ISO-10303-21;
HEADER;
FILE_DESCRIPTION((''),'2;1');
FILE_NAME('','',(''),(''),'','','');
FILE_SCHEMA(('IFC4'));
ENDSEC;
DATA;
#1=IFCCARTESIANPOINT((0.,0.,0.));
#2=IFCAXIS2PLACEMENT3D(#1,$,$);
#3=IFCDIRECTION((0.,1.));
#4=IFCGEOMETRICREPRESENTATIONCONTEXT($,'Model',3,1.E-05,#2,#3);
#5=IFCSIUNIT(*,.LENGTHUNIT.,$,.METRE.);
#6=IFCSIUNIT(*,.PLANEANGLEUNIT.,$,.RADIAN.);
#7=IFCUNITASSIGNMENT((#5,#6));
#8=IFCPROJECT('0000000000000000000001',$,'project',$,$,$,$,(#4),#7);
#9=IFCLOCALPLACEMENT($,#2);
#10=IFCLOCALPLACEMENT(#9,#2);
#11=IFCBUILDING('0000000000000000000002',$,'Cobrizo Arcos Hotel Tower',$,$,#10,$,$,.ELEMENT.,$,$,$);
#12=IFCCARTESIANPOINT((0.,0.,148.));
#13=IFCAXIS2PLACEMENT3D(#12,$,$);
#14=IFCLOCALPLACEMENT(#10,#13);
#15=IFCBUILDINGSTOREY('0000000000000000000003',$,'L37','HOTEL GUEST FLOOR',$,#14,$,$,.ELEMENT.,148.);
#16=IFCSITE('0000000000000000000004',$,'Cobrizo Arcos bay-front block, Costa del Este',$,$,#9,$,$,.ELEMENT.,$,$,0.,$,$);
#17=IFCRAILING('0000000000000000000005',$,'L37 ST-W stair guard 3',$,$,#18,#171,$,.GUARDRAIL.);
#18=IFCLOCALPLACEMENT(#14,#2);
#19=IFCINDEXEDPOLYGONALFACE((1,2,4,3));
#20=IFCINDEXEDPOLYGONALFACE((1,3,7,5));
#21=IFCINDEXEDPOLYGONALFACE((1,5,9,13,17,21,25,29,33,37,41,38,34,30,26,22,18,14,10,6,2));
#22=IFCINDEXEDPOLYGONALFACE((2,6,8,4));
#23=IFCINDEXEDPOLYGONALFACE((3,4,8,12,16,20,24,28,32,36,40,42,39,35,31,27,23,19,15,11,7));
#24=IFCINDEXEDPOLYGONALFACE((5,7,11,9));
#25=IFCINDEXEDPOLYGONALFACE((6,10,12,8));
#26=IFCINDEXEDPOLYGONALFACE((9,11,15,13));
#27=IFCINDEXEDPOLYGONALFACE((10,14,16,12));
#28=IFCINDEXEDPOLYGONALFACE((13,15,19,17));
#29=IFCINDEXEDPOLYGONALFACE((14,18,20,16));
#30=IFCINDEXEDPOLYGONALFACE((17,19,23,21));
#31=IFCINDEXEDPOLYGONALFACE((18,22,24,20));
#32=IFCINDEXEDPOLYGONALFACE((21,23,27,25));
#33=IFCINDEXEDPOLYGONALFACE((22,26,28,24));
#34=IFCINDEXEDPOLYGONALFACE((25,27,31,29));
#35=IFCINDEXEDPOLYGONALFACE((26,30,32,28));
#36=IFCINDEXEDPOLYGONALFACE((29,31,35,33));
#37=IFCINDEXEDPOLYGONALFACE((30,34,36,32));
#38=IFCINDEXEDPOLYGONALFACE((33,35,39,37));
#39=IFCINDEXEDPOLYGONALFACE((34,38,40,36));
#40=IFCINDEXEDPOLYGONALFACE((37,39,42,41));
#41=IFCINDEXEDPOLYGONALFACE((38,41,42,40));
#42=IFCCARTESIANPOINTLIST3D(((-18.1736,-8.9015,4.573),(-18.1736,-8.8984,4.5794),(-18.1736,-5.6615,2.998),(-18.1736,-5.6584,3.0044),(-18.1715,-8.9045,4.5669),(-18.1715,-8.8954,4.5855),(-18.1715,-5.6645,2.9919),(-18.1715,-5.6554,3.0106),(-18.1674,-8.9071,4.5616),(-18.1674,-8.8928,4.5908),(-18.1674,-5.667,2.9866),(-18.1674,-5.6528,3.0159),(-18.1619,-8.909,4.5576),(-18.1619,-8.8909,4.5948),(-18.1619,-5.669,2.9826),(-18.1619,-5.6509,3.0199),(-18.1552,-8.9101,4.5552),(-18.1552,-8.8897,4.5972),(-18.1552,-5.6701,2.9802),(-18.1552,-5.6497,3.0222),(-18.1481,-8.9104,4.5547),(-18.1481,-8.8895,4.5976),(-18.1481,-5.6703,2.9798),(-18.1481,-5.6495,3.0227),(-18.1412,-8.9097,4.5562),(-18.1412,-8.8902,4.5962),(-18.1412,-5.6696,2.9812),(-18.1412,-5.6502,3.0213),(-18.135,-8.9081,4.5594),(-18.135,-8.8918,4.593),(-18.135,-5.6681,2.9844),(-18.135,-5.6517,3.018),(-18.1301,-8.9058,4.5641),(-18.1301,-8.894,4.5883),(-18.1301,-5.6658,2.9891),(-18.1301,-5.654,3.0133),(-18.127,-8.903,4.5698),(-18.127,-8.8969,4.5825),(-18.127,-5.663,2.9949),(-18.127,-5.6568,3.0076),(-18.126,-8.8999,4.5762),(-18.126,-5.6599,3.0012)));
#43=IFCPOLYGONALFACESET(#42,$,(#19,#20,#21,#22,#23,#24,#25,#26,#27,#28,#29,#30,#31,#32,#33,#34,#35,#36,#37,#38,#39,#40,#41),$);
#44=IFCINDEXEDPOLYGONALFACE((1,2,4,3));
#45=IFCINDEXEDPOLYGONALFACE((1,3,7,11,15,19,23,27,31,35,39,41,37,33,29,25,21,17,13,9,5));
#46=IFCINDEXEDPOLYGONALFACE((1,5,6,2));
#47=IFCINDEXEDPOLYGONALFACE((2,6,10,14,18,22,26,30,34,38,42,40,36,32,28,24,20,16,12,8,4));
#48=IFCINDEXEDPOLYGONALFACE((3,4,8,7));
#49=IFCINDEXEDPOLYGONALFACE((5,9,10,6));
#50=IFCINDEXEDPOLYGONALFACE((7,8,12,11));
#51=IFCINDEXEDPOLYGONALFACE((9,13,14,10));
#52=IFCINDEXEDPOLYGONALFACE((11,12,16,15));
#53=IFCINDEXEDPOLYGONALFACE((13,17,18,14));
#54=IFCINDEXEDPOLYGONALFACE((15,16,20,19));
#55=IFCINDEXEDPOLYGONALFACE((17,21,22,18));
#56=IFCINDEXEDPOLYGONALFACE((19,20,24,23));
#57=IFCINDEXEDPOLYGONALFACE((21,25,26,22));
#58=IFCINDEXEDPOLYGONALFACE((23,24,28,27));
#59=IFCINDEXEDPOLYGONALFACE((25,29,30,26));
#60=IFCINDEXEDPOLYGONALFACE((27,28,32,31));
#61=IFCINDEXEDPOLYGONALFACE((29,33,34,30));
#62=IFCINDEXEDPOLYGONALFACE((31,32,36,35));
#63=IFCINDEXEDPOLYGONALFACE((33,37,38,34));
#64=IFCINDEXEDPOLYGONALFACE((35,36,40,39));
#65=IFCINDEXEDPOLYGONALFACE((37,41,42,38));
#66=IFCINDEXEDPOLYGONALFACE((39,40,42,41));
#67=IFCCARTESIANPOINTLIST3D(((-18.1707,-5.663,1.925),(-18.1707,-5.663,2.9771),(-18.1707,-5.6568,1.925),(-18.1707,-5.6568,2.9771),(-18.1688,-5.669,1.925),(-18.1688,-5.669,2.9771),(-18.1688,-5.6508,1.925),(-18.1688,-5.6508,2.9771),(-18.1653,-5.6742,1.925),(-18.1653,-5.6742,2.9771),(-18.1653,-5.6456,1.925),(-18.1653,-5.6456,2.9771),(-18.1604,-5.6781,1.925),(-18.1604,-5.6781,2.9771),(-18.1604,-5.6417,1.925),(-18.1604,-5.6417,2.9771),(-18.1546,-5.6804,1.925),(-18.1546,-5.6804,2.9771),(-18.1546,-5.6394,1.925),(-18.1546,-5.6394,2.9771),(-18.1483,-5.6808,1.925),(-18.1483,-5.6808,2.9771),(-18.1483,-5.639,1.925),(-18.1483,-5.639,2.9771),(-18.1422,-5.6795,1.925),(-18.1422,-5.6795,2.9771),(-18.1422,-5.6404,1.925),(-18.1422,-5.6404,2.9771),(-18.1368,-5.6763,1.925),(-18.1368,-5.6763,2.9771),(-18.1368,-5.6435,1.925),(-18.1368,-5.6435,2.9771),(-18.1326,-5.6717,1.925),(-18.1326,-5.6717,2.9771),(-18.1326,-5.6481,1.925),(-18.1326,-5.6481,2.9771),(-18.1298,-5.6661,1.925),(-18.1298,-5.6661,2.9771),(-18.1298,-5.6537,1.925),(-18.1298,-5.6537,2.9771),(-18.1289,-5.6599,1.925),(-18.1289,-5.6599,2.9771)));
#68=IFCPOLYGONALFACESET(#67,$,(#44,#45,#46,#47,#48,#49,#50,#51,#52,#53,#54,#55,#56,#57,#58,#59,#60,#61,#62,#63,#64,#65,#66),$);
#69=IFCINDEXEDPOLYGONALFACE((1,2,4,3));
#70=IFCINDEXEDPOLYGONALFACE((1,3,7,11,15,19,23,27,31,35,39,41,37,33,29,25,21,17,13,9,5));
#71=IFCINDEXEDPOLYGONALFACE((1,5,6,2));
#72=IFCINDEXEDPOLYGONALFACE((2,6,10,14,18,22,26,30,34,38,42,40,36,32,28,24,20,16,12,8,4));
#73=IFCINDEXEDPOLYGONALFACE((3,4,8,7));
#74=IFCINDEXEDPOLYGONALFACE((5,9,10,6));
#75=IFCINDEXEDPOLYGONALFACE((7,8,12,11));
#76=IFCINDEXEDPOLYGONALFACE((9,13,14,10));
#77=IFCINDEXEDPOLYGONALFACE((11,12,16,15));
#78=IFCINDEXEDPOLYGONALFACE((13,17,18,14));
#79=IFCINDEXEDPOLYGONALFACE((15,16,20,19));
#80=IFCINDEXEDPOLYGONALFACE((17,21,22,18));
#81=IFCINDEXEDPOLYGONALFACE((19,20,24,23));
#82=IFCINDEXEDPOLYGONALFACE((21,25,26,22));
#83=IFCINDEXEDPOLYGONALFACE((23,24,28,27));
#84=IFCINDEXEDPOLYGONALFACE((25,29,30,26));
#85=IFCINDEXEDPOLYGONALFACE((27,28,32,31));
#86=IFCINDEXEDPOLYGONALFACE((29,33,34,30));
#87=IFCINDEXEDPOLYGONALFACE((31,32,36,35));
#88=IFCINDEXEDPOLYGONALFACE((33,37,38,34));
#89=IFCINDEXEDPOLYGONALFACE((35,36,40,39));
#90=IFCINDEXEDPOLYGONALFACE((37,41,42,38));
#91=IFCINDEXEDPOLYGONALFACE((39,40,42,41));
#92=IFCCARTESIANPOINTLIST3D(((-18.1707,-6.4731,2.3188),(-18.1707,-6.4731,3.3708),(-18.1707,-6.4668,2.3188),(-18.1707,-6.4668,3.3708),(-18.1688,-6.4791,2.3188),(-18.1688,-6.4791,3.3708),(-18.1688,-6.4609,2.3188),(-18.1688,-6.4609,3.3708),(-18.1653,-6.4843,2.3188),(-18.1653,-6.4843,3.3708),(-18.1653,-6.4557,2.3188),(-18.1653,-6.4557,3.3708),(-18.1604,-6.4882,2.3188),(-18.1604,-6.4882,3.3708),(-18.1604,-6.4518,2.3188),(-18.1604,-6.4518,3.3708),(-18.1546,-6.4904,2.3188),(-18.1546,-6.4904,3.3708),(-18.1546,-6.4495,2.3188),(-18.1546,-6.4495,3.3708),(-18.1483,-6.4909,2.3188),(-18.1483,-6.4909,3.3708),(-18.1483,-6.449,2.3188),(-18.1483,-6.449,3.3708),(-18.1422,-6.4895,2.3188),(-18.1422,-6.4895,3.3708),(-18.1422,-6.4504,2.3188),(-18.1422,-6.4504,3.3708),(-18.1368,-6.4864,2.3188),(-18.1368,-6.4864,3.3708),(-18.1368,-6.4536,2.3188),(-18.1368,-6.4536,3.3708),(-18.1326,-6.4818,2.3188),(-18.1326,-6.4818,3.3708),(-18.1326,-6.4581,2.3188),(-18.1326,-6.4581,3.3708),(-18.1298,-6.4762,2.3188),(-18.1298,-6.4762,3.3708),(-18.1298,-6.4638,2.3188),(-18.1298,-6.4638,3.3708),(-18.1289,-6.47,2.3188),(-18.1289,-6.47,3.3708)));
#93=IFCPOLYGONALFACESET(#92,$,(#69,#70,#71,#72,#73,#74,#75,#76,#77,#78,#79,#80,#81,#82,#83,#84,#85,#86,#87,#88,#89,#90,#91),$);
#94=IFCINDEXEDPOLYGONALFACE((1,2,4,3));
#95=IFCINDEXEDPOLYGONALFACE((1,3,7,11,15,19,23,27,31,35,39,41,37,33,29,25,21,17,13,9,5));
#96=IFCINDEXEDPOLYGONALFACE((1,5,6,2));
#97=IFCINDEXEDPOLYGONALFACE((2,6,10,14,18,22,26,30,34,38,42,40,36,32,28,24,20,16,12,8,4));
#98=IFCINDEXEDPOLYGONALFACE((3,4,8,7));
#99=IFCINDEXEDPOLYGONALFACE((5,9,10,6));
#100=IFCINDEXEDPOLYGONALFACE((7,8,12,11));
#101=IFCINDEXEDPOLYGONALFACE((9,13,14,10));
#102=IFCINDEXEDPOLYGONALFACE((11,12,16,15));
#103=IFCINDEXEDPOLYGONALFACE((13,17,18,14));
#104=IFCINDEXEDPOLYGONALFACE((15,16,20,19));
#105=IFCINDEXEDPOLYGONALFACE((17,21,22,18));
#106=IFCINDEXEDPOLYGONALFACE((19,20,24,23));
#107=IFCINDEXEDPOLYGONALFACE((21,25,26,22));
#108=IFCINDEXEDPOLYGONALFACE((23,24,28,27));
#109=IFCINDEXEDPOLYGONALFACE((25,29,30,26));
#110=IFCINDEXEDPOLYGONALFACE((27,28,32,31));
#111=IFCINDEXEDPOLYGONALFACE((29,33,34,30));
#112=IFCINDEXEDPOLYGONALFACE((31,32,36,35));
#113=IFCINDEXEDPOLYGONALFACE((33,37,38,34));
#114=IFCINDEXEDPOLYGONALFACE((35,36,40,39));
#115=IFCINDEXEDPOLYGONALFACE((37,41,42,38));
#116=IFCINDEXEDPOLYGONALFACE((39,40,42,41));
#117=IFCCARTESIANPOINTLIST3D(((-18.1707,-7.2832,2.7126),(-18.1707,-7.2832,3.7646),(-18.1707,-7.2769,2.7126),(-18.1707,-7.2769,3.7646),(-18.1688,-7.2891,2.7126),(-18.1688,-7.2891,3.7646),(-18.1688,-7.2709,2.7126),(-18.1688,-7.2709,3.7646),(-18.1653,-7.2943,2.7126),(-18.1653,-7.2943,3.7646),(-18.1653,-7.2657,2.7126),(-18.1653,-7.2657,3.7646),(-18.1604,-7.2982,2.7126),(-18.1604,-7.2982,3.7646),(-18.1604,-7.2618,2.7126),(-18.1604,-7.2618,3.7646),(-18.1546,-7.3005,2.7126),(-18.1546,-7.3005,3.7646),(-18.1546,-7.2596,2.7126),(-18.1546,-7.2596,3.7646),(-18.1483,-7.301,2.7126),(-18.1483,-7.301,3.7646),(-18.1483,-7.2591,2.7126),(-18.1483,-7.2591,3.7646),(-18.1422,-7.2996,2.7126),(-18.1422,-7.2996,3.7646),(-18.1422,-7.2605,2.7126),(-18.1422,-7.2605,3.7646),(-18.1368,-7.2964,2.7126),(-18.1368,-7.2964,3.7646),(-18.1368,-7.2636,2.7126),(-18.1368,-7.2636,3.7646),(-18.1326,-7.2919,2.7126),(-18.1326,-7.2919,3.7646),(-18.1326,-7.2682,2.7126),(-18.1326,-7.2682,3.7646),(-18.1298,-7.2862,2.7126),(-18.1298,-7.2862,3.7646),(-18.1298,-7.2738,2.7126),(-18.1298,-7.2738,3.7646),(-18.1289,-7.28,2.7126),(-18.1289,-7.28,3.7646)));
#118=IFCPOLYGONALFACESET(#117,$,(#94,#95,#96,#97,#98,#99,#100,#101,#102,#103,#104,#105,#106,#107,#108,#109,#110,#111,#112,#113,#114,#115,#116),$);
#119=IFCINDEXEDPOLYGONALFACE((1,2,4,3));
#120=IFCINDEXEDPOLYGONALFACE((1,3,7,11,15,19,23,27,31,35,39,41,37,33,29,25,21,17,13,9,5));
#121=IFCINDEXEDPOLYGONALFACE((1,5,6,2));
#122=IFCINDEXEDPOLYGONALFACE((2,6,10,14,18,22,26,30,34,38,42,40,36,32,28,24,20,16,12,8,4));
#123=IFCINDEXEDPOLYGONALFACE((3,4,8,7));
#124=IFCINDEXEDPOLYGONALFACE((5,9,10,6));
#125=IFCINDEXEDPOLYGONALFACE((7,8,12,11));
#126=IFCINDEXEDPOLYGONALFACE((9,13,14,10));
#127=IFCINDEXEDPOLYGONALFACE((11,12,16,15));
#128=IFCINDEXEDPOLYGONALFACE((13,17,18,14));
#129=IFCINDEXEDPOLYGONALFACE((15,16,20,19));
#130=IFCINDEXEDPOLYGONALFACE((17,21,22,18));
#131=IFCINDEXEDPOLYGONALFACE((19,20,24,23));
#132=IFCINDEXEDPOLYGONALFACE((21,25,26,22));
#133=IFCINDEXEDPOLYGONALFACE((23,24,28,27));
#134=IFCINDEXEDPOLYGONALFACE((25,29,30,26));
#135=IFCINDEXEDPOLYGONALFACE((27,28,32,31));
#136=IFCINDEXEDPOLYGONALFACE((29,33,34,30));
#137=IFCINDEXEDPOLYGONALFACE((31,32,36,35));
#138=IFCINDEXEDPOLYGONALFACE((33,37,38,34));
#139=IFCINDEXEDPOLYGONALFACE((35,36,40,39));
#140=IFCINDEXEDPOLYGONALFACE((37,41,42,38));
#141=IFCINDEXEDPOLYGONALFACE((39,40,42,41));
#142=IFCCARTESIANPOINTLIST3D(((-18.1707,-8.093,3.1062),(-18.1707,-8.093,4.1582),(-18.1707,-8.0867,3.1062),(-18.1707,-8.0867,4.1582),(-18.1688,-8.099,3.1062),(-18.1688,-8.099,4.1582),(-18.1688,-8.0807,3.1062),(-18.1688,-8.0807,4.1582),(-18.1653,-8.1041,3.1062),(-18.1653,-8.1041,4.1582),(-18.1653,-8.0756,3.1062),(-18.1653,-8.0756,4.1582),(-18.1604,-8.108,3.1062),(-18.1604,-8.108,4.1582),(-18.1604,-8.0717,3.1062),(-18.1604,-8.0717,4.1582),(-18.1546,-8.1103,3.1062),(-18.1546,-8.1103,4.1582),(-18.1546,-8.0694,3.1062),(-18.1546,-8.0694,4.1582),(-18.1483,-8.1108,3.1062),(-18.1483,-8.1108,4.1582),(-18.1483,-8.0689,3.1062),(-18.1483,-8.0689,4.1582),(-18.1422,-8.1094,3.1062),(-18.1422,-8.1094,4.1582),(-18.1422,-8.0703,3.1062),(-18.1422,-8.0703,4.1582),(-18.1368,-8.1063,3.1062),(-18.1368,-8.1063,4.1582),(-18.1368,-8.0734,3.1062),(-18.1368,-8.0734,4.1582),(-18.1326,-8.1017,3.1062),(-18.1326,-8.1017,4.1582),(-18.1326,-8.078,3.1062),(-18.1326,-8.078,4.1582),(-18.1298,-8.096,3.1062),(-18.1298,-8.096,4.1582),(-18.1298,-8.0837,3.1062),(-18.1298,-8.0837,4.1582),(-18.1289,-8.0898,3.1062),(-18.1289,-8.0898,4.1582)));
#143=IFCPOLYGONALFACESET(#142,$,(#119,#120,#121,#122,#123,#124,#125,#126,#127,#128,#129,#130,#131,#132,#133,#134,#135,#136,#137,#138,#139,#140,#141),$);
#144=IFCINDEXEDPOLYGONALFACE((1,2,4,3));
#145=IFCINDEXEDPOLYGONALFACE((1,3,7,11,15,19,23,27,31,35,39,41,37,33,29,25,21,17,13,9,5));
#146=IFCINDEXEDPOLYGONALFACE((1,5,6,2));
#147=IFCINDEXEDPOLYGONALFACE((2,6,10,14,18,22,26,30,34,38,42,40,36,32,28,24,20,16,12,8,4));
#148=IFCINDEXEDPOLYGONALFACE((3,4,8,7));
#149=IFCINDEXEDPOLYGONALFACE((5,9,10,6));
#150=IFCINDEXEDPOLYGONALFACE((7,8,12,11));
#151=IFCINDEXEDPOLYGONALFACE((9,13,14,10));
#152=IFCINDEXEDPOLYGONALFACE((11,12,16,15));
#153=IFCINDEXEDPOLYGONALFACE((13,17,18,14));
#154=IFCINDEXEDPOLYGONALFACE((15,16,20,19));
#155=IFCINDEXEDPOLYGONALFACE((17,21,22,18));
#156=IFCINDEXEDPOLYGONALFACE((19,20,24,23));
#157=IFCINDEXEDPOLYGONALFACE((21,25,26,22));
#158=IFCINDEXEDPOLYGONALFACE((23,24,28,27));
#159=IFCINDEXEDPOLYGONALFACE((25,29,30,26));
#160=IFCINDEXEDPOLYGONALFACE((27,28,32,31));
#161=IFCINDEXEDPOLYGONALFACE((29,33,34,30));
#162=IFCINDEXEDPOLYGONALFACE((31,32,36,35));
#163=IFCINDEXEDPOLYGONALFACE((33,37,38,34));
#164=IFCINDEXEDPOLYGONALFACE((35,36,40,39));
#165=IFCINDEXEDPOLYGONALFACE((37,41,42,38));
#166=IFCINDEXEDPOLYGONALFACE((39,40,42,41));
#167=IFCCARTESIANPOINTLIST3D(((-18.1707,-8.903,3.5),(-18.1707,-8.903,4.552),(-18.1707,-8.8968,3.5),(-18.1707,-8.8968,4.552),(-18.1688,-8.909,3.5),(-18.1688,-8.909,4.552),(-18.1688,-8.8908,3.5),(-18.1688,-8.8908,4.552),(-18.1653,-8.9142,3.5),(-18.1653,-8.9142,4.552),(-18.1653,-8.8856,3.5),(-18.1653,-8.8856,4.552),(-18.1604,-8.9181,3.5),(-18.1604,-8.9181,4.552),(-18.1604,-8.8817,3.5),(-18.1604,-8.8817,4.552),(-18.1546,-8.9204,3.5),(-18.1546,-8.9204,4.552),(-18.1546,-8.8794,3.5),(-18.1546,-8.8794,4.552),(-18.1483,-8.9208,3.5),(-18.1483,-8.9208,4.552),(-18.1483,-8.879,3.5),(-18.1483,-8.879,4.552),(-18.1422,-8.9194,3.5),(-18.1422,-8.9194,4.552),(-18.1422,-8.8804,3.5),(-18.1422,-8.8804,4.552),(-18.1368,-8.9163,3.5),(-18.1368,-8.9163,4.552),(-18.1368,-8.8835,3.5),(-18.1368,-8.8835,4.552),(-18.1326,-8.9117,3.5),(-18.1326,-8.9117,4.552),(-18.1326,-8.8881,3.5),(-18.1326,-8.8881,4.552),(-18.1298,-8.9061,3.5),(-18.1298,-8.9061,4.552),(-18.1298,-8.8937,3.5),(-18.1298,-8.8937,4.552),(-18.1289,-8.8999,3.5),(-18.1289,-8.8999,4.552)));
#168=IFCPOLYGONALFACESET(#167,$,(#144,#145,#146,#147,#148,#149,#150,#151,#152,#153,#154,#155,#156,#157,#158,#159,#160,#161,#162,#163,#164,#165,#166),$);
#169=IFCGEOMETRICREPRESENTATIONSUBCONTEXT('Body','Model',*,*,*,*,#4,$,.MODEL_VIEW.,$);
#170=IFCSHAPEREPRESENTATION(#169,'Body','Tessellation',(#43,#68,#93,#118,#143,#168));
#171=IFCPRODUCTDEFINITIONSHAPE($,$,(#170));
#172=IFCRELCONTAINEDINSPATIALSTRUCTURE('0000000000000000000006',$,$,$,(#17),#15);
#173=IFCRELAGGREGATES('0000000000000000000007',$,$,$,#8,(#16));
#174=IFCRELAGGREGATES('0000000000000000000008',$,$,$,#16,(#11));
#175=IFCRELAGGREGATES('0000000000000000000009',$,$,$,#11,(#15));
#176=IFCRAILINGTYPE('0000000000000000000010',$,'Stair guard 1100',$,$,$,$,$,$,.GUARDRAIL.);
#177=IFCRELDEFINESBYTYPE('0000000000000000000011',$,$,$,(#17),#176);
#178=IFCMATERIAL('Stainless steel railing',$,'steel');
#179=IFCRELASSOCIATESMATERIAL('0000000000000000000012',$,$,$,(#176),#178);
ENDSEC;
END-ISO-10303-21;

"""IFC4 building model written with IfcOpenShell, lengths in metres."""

from ifc_helpers import new_model, si_unit, direction, frame, origin, origin_2d, place, context, subcontext, project, spatial, circle, extrude, material, type_object, element, save


model = new_model("IFC4")

# Units and contexts
model_context = context("Model", 3, precision=1e-05, world=origin(), true_north=direction((0.0, 1.0)))
body_context = subcontext(model_context, "Body", "Model", "MODEL_VIEW")
ifc_project = project(units=[si_unit("LENGTHUNIT", "METRE"), si_unit("PLANEANGLEUNIT", "RADIAN")], contexts=[model_context])

# Site, building, storey
site_placement = place(None, origin())
site = spatial("IfcSite", under=ifc_project, at=site_placement, Name="Cobrizo Arcos bay-front block, Costa del Este", CompositionType="ELEMENT", RefElevation=0.0)
building_placement = place(site_placement, origin())
building = spatial("IfcBuilding", under=site, at=building_placement, Name="Cobrizo Arcos Hotel Tower", CompositionType="ELEMENT")
storey_placement = place(building_placement, frame((0.0, 0.0, 148.0)))
storey = spatial("IfcBuildingStorey", under=building, at=storey_placement, Name="L37", Description="HOTEL GUEST FLOOR", CompositionType="ELEMENT", Elevation=148.0)

# Railing
ifc_material_1 = material(Name="Stainless steel railing", Category="steel")
railing_type_1 = type_object("IfcRailingType", Name="Stair guard 1100", PredefinedType="GUARDRAIL", material=ifc_material_1)
railing_1_placement = place(storey_placement, frame((-18.1499, -5.6599, 1.925)))
element("IfcRailing", 1, at=railing_1_placement, inside=storey, type_object=railing_type_1, Name="L37 ST-W stair guard 3", PredefinedType="GUARDRAIL", context=body_context, shape_type="SweptSolid", body=[
    extrude(circle(Radius=0.0239, at=origin_2d()), frame((0.0, 0.0, 1.0762), z_axis=(0.0, -0.899373, 0.437183), x_axis=(1.0, 0.0, 0.0)), (0.0, 0.0, 1.0), 3.6025),
    extrude(circle(Radius=0.021, at=origin_2d()), origin(), (0.0, 0.0, 1.0), 1.052),
    extrude(circle(Radius=0.021, at=origin_2d()), frame((0.0, -0.8101, 0.3938)), (0.0, 0.0, 1.0), 1.052),
    extrude(circle(Radius=0.021, at=origin_2d()), frame((0.0, -1.6201, 0.7876)), (0.0, 0.0, 1.0), 1.052),
    extrude(circle(Radius=0.021, at=origin_2d()), frame((0.0, -2.4299, 1.1812)), (0.0, 0.0, 1.0), 1.052),
    extrude(circle(Radius=0.021, at=origin_2d()), frame((0.0, -3.24, 1.575)), (0.0, 0.0, 1.0), 1.052),
])

save(model, "model.ifc")
